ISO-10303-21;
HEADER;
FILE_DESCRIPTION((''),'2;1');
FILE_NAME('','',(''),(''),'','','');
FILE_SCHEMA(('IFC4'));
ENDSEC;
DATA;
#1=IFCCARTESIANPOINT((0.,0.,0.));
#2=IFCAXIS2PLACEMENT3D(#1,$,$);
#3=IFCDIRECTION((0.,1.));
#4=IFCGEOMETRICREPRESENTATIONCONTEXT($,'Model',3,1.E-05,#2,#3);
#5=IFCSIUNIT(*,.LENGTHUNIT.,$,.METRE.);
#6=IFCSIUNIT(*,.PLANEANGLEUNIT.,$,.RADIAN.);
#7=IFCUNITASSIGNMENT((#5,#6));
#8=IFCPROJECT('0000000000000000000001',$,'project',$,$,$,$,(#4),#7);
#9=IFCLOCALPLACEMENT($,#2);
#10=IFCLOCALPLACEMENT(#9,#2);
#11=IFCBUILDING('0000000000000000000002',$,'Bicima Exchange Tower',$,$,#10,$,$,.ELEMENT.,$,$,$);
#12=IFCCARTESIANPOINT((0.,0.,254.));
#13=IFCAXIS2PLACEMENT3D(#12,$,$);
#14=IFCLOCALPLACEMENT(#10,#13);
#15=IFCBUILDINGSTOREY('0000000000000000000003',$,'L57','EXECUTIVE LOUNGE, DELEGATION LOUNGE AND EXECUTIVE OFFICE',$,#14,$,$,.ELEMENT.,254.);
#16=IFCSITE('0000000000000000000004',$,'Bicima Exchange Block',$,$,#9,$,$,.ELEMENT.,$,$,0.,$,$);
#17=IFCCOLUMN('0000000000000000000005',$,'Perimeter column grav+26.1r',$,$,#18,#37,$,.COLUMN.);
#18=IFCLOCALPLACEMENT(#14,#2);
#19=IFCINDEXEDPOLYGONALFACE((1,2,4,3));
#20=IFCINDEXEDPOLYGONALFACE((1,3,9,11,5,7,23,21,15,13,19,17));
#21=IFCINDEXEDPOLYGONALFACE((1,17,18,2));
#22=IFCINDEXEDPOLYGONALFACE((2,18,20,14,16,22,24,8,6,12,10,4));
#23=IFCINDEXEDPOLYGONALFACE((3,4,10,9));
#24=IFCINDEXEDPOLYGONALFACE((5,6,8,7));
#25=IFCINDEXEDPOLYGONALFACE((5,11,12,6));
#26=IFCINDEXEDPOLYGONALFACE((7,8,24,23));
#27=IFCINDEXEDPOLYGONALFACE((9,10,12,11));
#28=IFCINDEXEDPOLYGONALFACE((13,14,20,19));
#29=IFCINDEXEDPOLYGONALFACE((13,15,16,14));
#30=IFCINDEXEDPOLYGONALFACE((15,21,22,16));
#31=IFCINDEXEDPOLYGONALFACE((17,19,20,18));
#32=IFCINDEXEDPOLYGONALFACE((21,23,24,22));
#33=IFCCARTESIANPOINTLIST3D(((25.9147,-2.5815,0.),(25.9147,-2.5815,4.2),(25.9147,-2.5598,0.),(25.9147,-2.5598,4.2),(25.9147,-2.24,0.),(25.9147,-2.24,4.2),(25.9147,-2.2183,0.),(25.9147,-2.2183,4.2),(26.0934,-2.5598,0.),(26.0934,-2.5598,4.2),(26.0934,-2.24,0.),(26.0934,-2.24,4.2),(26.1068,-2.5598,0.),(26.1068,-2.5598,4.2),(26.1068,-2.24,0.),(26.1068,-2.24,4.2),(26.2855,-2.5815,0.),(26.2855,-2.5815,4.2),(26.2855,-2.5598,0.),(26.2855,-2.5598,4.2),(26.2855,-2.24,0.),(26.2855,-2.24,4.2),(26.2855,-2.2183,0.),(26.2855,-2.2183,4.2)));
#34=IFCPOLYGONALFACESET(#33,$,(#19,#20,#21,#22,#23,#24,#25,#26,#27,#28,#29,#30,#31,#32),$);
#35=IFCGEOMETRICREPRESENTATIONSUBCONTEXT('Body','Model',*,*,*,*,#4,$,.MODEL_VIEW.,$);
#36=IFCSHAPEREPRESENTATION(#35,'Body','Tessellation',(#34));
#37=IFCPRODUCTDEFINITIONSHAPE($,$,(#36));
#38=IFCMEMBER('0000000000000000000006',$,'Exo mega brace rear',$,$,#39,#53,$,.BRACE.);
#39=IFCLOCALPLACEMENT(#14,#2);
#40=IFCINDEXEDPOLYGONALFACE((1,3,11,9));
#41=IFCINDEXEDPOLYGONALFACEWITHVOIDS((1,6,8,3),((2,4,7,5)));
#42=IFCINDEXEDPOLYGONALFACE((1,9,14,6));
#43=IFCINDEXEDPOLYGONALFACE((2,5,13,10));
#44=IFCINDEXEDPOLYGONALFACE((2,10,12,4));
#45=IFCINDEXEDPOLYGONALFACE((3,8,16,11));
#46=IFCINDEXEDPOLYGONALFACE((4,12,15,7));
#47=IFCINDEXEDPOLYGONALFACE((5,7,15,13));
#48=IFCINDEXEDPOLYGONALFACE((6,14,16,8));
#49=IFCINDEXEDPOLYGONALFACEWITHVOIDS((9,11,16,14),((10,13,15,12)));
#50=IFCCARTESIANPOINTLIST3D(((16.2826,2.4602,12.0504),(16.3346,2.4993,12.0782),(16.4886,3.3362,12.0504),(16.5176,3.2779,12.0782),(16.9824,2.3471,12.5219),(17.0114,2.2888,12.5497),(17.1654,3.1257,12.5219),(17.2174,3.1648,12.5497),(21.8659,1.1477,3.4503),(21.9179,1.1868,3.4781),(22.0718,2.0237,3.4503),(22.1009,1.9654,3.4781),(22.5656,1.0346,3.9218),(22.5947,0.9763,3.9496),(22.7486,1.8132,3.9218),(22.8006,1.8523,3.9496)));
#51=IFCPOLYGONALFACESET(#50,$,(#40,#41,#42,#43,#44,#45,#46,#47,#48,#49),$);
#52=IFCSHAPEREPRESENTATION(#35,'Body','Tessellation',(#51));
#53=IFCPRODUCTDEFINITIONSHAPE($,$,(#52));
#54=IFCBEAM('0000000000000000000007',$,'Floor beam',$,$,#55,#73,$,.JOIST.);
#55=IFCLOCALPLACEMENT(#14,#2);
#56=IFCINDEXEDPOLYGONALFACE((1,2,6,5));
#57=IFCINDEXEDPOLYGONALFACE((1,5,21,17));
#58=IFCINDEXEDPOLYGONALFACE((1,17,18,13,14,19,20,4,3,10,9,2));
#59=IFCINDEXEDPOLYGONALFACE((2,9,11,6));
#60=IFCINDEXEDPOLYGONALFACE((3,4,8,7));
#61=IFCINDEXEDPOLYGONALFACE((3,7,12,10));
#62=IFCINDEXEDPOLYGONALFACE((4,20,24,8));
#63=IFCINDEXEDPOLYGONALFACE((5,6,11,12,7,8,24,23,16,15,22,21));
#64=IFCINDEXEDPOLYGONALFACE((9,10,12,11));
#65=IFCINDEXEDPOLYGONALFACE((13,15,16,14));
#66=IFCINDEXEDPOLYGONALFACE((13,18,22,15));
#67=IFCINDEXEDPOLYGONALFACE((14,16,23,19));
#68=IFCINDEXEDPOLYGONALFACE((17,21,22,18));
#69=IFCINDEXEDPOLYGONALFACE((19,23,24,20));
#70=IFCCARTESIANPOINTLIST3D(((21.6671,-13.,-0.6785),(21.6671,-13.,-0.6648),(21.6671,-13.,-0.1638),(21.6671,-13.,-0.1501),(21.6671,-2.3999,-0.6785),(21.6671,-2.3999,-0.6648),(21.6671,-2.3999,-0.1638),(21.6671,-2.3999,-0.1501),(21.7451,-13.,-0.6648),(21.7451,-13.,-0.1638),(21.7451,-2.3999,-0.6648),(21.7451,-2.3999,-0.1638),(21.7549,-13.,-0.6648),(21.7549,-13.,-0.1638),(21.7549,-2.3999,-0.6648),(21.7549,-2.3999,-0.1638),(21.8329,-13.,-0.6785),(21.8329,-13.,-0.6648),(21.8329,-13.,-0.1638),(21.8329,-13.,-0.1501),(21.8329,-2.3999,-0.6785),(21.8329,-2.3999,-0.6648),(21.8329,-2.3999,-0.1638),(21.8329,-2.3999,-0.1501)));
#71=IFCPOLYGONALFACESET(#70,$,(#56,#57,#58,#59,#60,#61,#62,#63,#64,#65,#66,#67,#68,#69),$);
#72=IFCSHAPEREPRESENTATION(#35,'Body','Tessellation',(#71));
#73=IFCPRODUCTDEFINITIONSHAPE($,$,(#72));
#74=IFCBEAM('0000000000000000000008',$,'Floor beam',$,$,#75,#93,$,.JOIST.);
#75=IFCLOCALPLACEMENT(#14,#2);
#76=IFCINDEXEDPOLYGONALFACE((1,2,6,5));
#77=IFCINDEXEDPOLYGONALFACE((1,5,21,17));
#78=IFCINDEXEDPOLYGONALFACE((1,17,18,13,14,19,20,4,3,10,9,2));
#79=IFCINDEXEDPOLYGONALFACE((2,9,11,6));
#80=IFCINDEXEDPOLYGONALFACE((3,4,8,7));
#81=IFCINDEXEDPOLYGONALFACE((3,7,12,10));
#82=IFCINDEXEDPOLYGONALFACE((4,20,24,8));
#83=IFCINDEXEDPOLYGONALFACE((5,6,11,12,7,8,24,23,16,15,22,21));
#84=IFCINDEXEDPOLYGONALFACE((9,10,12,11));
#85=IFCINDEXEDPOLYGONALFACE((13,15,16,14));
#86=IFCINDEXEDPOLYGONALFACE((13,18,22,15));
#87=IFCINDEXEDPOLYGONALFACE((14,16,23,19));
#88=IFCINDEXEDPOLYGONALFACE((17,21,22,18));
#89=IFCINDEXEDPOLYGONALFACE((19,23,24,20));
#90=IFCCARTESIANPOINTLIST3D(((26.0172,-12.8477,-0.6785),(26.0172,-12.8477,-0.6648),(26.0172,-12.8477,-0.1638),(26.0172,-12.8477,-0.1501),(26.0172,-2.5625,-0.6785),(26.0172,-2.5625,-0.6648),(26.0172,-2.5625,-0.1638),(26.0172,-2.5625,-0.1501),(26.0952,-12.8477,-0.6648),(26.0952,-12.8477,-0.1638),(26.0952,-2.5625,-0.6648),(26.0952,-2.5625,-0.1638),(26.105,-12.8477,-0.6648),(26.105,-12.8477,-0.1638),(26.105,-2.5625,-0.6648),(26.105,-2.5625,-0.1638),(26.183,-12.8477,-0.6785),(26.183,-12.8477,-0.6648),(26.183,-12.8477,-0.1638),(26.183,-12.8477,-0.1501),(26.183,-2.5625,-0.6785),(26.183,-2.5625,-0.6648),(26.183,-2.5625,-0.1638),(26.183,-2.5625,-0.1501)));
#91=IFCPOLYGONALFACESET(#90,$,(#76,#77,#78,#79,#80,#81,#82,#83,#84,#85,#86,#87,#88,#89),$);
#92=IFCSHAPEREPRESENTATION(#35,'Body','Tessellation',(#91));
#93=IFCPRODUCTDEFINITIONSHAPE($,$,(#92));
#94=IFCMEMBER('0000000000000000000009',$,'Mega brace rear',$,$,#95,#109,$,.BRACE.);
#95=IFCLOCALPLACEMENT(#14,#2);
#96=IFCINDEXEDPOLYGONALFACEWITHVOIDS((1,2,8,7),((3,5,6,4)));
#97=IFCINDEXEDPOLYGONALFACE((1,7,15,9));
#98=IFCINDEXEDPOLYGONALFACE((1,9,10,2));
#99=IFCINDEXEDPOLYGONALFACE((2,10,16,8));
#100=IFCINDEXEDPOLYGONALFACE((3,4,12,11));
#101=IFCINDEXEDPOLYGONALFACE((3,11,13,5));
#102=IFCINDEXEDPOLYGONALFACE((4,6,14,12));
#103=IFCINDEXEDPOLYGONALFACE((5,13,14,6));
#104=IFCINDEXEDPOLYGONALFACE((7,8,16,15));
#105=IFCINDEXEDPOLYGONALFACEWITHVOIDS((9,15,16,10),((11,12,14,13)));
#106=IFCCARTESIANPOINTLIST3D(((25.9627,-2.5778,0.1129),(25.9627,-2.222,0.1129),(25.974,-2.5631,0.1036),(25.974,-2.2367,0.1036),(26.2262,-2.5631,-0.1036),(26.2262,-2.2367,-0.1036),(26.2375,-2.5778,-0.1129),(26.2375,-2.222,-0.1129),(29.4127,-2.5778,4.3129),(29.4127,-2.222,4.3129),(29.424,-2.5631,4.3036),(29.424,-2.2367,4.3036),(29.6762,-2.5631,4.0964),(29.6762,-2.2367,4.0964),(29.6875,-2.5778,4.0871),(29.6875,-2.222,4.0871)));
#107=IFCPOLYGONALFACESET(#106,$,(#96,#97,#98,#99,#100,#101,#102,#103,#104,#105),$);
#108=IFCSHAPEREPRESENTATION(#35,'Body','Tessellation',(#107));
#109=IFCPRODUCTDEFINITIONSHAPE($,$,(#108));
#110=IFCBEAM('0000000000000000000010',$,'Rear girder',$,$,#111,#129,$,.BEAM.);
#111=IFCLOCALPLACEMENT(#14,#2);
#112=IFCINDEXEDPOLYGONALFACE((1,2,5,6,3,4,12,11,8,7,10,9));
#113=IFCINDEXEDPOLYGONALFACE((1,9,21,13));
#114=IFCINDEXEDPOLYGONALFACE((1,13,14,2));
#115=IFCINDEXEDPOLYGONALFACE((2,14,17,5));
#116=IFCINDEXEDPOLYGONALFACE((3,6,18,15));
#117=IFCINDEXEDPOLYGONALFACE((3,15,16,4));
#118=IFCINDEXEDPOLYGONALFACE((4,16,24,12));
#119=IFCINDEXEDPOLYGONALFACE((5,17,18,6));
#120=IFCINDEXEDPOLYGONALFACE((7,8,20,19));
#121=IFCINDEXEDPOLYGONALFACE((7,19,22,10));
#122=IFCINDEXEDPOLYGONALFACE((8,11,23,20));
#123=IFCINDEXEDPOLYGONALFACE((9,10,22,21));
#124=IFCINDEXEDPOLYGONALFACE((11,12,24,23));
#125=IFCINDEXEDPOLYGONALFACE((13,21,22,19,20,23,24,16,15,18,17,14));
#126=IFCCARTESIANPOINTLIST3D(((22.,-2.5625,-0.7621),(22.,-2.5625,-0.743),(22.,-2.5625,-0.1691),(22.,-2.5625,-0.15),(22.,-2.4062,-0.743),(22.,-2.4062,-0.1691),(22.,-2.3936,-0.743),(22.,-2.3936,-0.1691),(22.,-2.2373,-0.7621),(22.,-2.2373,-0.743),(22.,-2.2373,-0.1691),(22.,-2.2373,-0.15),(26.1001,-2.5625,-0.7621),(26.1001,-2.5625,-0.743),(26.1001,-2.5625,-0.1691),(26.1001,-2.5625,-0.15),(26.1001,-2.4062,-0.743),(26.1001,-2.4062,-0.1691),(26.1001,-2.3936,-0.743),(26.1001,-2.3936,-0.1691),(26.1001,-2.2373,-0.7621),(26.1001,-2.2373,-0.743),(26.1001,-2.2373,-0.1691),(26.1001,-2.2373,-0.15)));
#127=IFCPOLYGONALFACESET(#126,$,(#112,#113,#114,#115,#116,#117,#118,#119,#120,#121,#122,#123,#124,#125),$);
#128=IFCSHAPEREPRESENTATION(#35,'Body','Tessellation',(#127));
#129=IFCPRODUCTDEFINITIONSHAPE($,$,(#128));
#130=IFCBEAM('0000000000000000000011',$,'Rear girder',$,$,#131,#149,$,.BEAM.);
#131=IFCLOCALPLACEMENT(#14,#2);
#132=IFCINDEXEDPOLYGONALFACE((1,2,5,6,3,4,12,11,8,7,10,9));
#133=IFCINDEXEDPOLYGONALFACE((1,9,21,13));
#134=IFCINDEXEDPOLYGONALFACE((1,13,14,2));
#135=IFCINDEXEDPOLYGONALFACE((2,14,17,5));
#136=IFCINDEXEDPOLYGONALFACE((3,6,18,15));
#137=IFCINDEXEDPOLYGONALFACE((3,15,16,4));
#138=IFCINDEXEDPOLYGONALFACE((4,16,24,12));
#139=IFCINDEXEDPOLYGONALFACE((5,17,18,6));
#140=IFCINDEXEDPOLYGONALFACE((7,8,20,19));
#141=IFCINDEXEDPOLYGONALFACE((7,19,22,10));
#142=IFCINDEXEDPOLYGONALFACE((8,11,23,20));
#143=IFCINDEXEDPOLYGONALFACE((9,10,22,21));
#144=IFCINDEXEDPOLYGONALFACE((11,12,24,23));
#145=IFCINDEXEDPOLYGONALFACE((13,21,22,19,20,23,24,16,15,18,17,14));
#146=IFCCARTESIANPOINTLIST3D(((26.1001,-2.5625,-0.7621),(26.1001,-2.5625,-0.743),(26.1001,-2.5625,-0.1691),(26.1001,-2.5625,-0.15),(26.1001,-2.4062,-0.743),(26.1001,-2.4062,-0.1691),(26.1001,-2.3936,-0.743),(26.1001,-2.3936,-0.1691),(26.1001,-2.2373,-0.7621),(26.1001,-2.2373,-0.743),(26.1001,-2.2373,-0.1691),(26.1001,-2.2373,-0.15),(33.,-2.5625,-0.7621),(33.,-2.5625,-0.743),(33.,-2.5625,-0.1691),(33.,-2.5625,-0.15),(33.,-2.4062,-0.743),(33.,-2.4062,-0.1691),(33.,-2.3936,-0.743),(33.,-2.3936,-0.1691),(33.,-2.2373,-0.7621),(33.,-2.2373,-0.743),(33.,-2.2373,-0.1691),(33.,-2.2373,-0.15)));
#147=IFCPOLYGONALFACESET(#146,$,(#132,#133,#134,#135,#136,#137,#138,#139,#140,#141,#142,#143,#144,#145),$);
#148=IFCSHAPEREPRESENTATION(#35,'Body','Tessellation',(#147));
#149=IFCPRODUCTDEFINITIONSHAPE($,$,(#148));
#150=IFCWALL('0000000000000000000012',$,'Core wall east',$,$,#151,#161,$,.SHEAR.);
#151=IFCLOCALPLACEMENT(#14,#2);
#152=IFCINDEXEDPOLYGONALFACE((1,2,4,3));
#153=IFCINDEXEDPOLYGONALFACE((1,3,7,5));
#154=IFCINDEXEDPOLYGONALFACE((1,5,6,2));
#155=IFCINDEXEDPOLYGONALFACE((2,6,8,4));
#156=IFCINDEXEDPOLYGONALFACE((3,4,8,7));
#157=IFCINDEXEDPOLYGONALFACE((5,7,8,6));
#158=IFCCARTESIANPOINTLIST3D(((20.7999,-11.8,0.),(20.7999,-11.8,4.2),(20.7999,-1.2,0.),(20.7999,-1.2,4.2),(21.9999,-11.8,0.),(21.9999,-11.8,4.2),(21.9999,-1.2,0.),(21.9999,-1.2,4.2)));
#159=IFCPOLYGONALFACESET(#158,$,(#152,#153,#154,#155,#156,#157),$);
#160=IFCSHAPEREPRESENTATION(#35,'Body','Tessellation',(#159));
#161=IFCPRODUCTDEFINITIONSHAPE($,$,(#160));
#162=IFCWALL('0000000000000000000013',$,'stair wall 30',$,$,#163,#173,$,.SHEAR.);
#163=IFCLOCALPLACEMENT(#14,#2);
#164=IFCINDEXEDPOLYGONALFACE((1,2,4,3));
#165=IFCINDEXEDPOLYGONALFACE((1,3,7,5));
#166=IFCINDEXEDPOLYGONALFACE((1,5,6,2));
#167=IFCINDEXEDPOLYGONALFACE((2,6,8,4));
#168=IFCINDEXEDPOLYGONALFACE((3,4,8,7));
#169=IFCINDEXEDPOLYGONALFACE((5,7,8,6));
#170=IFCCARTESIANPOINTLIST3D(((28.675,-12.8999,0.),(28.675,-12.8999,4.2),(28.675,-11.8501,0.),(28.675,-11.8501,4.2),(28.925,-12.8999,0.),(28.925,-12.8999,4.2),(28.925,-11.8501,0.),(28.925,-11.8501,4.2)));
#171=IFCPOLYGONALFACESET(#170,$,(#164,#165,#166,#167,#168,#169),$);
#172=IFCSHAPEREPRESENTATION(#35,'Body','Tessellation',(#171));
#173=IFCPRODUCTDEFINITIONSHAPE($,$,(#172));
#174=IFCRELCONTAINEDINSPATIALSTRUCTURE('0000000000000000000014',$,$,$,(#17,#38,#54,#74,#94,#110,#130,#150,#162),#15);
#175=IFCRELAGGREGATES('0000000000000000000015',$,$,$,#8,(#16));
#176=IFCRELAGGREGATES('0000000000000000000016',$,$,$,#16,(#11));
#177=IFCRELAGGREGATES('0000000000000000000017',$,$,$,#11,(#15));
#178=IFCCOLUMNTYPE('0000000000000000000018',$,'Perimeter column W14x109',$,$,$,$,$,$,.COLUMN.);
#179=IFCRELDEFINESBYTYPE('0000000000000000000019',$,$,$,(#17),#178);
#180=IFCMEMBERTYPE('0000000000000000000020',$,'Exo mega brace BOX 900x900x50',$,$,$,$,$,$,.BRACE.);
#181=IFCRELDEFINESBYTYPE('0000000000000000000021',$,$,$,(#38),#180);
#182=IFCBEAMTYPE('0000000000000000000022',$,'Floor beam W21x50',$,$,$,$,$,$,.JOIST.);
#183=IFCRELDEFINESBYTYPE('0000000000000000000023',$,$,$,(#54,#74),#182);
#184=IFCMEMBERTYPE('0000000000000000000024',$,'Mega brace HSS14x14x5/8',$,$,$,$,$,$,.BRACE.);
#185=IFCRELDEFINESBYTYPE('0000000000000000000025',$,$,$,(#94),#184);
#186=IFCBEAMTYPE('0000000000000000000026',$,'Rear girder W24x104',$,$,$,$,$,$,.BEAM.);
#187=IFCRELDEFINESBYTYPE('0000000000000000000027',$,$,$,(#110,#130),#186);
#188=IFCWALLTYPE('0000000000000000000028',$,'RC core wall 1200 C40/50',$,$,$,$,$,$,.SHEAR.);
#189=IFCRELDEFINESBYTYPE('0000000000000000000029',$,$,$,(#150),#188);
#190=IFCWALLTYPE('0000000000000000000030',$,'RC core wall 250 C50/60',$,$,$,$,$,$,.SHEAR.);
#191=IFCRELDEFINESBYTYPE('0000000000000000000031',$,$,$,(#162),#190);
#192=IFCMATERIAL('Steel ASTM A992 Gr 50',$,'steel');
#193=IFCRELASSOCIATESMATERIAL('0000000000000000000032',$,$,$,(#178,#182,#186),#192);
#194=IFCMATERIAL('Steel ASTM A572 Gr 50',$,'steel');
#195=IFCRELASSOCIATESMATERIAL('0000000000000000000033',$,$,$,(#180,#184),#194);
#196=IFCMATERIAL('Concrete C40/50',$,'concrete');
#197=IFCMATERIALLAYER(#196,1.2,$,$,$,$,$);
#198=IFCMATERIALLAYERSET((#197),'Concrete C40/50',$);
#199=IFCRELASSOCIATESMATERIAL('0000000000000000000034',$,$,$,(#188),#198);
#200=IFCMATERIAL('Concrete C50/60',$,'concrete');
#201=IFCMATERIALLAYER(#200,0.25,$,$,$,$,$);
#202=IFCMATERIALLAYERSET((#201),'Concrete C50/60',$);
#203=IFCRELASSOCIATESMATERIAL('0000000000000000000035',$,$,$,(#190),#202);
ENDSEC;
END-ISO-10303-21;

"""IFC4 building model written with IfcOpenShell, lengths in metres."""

from ifc_helpers import new_model, si_unit, direction, frame, frame_2d, origin, origin_2d, place, context, subcontext, project, spatial, rectangle, hollow_rectangle, i_section, extrude, material, layer, layer_set, material_profile, profile_set, type_object, element, save


model = new_model("IFC4")

# Units and contexts
model_context = context("Model", 3, precision=1e-05, world=origin(), true_north=direction((0.0, 1.0)))
body_context = subcontext(model_context, "Body", "Model", "MODEL_VIEW")
ifc_project = project(units=[si_unit("LENGTHUNIT", "METRE"), si_unit("PLANEANGLEUNIT", "RADIAN")], contexts=[model_context])

# Site, building, storey
site_placement = place(None, origin())
site = spatial("IfcSite", under=ifc_project, at=site_placement, Name="Bicima Exchange Block", CompositionType="ELEMENT", RefElevation=0.0)
building_placement = place(site_placement, origin())
building = spatial("IfcBuilding", under=site, at=building_placement, Name="Bicima Exchange Tower", CompositionType="ELEMENT")
storey_placement = place(building_placement, frame((0.0, 0.0, 254.0)))
storey = spatial("IfcBuildingStorey", under=building, at=storey_placement, Name="L57", Description="EXECUTIVE LOUNGE, DELEGATION LOUNGE AND EXECUTIVE OFFICE", CompositionType="ELEMENT", Elevation=254.0)

# Column
ifc_material_1 = material(Name="Steel ASTM A992 Gr 50", Category="steel")
ifc_material_profile_1 = material_profile(ifc_material_1, i_section(OverallWidth=0.3708, OverallDepth=0.3633, WebThickness=0.0134, FlangeThickness=0.0217, at=origin_2d()))
ifc_profile_set_1 = profile_set([ifc_material_profile_1], Name="Steel ASTM A992 Gr 50")
column_type = type_object("IfcColumnType", Name="Perimeter column W14x109", PredefinedType="COLUMN", material=ifc_profile_set_1)
column_placement = place(storey_placement, frame((26.1001, -2.3999, 0.0), z_axis=(0.0, 0.0, 1.0), x_axis=(1.0, 0.0, 0.0)))
element("IfcColumn", 1, at=column_placement, inside=storey, type_object=column_type, Name="Perimeter column grav+26.1r", PredefinedType="COLUMN", context=body_context, shape_type="SweptSolid", body=[
    extrude(i_section(OverallWidth=0.3708, OverallDepth=0.3633, WebThickness=0.0134, FlangeThickness=0.0217, at=origin_2d()), origin(), (0.0, 0.0, 1.0), 4.2),
])

# Member
ifc_material_2 = material(Name="Steel ASTM A572 Gr 50", Category="steel")
ifc_material_profile_2 = material_profile(ifc_material_2, hollow_rectangle(XDim=0.8999, YDim=0.8999, WallThickness=0.05, at=origin_2d()))
ifc_profile_set_2 = profile_set([ifc_material_profile_2], Name="Steel ASTM A572 Gr 50")
member_type_1 = type_object("IfcMemberType", Name="Exo mega brace BOX 900x900x50", PredefinedType="BRACE", material=ifc_profile_set_2)
member_1_placement = place(storey_placement, frame((22.3333, 1.5, 3.7), z_axis=(-0.540114, 0.126969, 0.831959), x_axis=(-0.22884, -0.973464, 0.0)))
element("IfcMember", 2, at=member_1_placement, inside=storey, type_object=member_type_1, Name="Exo mega brace rear", PredefinedType="BRACE", context=body_context, shape_type="SweptSolid", body=[
    extrude(hollow_rectangle(XDim=0.8999, YDim=0.8999, WallThickness=0.05, at=origin_2d()), origin(), (0.0, 0.0, 1.0), 10.3372),
])

# Beams
ifc_material_profile_3 = material_profile(ifc_material_1, i_section(OverallWidth=0.1658, OverallDepth=0.5283, WebThickness=0.0098, FlangeThickness=0.0137, at=origin_2d()))
ifc_profile_set_3 = profile_set([ifc_material_profile_3], Name="Steel ASTM A992 Gr 50")
beam_type_1 = type_object("IfcBeamType", Name="Floor beam W21x50", PredefinedType="JOIST", material=ifc_profile_set_3)
beam_1_placement = place(storey_placement, frame((21.75, -2.3999, -0.4143), z_axis=(0.0, -1.0, 0.0), x_axis=(1.0, 0.0, 0.0)))
element("IfcBeam", 3, at=beam_1_placement, inside=storey, type_object=beam_type_1, Name="Floor beam", PredefinedType="JOIST", context=body_context, shape_type="SweptSolid", body=[
    extrude(i_section(OverallWidth=0.1658, OverallDepth=0.5283, WebThickness=0.0098, FlangeThickness=0.0137, at=origin_2d()), origin(), (0.0, 0.0, 1.0), 10.6001),
])
beam_2_placement = place(storey_placement, frame((26.1001, -2.5625, -0.4143), z_axis=(0.0, -1.0, 0.0), x_axis=(1.0, 0.0, 0.0)))
element("IfcBeam", 4, at=beam_2_placement, inside=storey, type_object=beam_type_1, Name="Floor beam", PredefinedType="JOIST", context=body_context, shape_type="SweptSolid", body=[
    extrude(i_section(OverallWidth=0.1658, OverallDepth=0.5283, WebThickness=0.0098, FlangeThickness=0.0137, at=origin_2d()), origin(), (0.0, 0.0, 1.0), 10.2852),
])

# Member
ifc_material_profile_4 = material_profile(ifc_material_2, hollow_rectangle(XDim=0.3557, YDim=0.3557, WallThickness=0.0146, at=origin_2d()))
ifc_profile_set_4 = profile_set([ifc_material_profile_4], Name="Steel ASTM A572 Gr 50")
member_type_2 = type_object("IfcMemberType", Name="Mega brace HSS14x14x5/8", PredefinedType="BRACE", material=ifc_profile_set_4)
member_2_placement = place(storey_placement, frame((26.1001, -2.3999, 0.0), z_axis=(0.634738, 0.0, 0.772727), x_axis=(0.0, 1.0, 0.0)))
element("IfcMember", 5, at=member_2_placement, inside=storey, type_object=member_type_2, Name="Mega brace rear", PredefinedType="BRACE", context=body_context, shape_type="SweptSolid", body=[
    extrude(hollow_rectangle(XDim=0.3557, YDim=0.3557, WallThickness=0.0146, at=origin_2d()), origin(), (0.0, 0.0, 1.0), 5.4353),
])

# Beams
ifc_material_profile_5 = material_profile(ifc_material_1, i_section(OverallWidth=0.3252, OverallDepth=0.6121, WebThickness=0.0127, FlangeThickness=0.019, at=origin_2d()))
ifc_profile_set_5 = profile_set([ifc_material_profile_5], Name="Steel ASTM A992 Gr 50")
beam_type_2 = type_object("IfcBeamType", Name="Rear girder W24x104", PredefinedType="BEAM", material=ifc_profile_set_5)
beam_3_placement = place(storey_placement, frame((22.0, -2.3999, -0.4561), z_axis=(1.0, 0.0, 0.0), x_axis=(0.0, 1.0, 0.0)))
element("IfcBeam", 6, at=beam_3_placement, inside=storey, type_object=beam_type_2, Name="Rear girder", PredefinedType="BEAM", context=body_context, shape_type="SweptSolid", body=[
    extrude(i_section(OverallWidth=0.3252, OverallDepth=0.6121, WebThickness=0.0127, FlangeThickness=0.019, at=origin_2d()), origin(), (0.0, 0.0, 1.0), 4.1001),
])
beam_4_placement = place(storey_placement, frame((26.1001, -2.3999, -0.4561), z_axis=(1.0, 0.0, 0.0), x_axis=(0.0, 1.0, 0.0)))
element("IfcBeam", 7, at=beam_4_placement, inside=storey, type_object=beam_type_2, Name="Rear girder", PredefinedType="BEAM", context=body_context, shape_type="SweptSolid", body=[
    extrude(i_section(OverallWidth=0.3252, OverallDepth=0.6121, WebThickness=0.0127, FlangeThickness=0.019, at=origin_2d()), origin(), (0.0, 0.0, 1.0), 6.8999),
])

# Walls
ifc_material_3 = material(Name="Concrete C40/50", Category="concrete")
ifc_layer_1 = layer(ifc_material_3, 1.2)
ifc_layer_set_1 = layer_set([ifc_layer_1], Name="Concrete C40/50")
wall_type_1 = type_object("IfcWallType", Name="RC core wall 1200 C40/50", PredefinedType="SHEAR", material=ifc_layer_set_1)
wall_1_placement = place(storey_placement, frame((21.3999, -11.8, 0.0), z_axis=(0.0, 0.0, 1.0), x_axis=(0.0, 1.0, 0.0)))
element("IfcWall", 8, at=wall_1_placement, inside=storey, type_object=wall_type_1, Name="Core wall east", PredefinedType="SHEAR", context=body_context, shape_type="SweptSolid", body=[
    extrude(rectangle(XDim=10.6001, YDim=1.2, at=frame_2d((5.3, 0.0))), origin(), (0.0, 0.0, 1.0), 4.2),
])
ifc_material_4 = material(Name="Concrete C50/60", Category="concrete")
ifc_layer_2 = layer(ifc_material_4, 0.25)
ifc_layer_set_2 = layer_set([ifc_layer_2], Name="Concrete C50/60")
wall_type_2 = type_object("IfcWallType", Name="RC core wall 250 C50/60", PredefinedType="SHEAR", material=ifc_layer_set_2)
wall_2_placement = place(storey_placement, frame((28.8, -12.8999, 0.0), z_axis=(0.0, 0.0, 1.0), x_axis=(0.0, 1.0, 0.0)))
element("IfcWall", 9, at=wall_2_placement, inside=storey, type_object=wall_type_2, Name="stair wall 30", PredefinedType="SHEAR", context=body_context, shape_type="SweptSolid", body=[
    extrude(rectangle(XDim=1.0498, YDim=0.25, at=frame_2d((0.5249, 0.0))), origin(), (0.0, 0.0, 1.0), 4.2),
])

save(model, "model.ifc")
